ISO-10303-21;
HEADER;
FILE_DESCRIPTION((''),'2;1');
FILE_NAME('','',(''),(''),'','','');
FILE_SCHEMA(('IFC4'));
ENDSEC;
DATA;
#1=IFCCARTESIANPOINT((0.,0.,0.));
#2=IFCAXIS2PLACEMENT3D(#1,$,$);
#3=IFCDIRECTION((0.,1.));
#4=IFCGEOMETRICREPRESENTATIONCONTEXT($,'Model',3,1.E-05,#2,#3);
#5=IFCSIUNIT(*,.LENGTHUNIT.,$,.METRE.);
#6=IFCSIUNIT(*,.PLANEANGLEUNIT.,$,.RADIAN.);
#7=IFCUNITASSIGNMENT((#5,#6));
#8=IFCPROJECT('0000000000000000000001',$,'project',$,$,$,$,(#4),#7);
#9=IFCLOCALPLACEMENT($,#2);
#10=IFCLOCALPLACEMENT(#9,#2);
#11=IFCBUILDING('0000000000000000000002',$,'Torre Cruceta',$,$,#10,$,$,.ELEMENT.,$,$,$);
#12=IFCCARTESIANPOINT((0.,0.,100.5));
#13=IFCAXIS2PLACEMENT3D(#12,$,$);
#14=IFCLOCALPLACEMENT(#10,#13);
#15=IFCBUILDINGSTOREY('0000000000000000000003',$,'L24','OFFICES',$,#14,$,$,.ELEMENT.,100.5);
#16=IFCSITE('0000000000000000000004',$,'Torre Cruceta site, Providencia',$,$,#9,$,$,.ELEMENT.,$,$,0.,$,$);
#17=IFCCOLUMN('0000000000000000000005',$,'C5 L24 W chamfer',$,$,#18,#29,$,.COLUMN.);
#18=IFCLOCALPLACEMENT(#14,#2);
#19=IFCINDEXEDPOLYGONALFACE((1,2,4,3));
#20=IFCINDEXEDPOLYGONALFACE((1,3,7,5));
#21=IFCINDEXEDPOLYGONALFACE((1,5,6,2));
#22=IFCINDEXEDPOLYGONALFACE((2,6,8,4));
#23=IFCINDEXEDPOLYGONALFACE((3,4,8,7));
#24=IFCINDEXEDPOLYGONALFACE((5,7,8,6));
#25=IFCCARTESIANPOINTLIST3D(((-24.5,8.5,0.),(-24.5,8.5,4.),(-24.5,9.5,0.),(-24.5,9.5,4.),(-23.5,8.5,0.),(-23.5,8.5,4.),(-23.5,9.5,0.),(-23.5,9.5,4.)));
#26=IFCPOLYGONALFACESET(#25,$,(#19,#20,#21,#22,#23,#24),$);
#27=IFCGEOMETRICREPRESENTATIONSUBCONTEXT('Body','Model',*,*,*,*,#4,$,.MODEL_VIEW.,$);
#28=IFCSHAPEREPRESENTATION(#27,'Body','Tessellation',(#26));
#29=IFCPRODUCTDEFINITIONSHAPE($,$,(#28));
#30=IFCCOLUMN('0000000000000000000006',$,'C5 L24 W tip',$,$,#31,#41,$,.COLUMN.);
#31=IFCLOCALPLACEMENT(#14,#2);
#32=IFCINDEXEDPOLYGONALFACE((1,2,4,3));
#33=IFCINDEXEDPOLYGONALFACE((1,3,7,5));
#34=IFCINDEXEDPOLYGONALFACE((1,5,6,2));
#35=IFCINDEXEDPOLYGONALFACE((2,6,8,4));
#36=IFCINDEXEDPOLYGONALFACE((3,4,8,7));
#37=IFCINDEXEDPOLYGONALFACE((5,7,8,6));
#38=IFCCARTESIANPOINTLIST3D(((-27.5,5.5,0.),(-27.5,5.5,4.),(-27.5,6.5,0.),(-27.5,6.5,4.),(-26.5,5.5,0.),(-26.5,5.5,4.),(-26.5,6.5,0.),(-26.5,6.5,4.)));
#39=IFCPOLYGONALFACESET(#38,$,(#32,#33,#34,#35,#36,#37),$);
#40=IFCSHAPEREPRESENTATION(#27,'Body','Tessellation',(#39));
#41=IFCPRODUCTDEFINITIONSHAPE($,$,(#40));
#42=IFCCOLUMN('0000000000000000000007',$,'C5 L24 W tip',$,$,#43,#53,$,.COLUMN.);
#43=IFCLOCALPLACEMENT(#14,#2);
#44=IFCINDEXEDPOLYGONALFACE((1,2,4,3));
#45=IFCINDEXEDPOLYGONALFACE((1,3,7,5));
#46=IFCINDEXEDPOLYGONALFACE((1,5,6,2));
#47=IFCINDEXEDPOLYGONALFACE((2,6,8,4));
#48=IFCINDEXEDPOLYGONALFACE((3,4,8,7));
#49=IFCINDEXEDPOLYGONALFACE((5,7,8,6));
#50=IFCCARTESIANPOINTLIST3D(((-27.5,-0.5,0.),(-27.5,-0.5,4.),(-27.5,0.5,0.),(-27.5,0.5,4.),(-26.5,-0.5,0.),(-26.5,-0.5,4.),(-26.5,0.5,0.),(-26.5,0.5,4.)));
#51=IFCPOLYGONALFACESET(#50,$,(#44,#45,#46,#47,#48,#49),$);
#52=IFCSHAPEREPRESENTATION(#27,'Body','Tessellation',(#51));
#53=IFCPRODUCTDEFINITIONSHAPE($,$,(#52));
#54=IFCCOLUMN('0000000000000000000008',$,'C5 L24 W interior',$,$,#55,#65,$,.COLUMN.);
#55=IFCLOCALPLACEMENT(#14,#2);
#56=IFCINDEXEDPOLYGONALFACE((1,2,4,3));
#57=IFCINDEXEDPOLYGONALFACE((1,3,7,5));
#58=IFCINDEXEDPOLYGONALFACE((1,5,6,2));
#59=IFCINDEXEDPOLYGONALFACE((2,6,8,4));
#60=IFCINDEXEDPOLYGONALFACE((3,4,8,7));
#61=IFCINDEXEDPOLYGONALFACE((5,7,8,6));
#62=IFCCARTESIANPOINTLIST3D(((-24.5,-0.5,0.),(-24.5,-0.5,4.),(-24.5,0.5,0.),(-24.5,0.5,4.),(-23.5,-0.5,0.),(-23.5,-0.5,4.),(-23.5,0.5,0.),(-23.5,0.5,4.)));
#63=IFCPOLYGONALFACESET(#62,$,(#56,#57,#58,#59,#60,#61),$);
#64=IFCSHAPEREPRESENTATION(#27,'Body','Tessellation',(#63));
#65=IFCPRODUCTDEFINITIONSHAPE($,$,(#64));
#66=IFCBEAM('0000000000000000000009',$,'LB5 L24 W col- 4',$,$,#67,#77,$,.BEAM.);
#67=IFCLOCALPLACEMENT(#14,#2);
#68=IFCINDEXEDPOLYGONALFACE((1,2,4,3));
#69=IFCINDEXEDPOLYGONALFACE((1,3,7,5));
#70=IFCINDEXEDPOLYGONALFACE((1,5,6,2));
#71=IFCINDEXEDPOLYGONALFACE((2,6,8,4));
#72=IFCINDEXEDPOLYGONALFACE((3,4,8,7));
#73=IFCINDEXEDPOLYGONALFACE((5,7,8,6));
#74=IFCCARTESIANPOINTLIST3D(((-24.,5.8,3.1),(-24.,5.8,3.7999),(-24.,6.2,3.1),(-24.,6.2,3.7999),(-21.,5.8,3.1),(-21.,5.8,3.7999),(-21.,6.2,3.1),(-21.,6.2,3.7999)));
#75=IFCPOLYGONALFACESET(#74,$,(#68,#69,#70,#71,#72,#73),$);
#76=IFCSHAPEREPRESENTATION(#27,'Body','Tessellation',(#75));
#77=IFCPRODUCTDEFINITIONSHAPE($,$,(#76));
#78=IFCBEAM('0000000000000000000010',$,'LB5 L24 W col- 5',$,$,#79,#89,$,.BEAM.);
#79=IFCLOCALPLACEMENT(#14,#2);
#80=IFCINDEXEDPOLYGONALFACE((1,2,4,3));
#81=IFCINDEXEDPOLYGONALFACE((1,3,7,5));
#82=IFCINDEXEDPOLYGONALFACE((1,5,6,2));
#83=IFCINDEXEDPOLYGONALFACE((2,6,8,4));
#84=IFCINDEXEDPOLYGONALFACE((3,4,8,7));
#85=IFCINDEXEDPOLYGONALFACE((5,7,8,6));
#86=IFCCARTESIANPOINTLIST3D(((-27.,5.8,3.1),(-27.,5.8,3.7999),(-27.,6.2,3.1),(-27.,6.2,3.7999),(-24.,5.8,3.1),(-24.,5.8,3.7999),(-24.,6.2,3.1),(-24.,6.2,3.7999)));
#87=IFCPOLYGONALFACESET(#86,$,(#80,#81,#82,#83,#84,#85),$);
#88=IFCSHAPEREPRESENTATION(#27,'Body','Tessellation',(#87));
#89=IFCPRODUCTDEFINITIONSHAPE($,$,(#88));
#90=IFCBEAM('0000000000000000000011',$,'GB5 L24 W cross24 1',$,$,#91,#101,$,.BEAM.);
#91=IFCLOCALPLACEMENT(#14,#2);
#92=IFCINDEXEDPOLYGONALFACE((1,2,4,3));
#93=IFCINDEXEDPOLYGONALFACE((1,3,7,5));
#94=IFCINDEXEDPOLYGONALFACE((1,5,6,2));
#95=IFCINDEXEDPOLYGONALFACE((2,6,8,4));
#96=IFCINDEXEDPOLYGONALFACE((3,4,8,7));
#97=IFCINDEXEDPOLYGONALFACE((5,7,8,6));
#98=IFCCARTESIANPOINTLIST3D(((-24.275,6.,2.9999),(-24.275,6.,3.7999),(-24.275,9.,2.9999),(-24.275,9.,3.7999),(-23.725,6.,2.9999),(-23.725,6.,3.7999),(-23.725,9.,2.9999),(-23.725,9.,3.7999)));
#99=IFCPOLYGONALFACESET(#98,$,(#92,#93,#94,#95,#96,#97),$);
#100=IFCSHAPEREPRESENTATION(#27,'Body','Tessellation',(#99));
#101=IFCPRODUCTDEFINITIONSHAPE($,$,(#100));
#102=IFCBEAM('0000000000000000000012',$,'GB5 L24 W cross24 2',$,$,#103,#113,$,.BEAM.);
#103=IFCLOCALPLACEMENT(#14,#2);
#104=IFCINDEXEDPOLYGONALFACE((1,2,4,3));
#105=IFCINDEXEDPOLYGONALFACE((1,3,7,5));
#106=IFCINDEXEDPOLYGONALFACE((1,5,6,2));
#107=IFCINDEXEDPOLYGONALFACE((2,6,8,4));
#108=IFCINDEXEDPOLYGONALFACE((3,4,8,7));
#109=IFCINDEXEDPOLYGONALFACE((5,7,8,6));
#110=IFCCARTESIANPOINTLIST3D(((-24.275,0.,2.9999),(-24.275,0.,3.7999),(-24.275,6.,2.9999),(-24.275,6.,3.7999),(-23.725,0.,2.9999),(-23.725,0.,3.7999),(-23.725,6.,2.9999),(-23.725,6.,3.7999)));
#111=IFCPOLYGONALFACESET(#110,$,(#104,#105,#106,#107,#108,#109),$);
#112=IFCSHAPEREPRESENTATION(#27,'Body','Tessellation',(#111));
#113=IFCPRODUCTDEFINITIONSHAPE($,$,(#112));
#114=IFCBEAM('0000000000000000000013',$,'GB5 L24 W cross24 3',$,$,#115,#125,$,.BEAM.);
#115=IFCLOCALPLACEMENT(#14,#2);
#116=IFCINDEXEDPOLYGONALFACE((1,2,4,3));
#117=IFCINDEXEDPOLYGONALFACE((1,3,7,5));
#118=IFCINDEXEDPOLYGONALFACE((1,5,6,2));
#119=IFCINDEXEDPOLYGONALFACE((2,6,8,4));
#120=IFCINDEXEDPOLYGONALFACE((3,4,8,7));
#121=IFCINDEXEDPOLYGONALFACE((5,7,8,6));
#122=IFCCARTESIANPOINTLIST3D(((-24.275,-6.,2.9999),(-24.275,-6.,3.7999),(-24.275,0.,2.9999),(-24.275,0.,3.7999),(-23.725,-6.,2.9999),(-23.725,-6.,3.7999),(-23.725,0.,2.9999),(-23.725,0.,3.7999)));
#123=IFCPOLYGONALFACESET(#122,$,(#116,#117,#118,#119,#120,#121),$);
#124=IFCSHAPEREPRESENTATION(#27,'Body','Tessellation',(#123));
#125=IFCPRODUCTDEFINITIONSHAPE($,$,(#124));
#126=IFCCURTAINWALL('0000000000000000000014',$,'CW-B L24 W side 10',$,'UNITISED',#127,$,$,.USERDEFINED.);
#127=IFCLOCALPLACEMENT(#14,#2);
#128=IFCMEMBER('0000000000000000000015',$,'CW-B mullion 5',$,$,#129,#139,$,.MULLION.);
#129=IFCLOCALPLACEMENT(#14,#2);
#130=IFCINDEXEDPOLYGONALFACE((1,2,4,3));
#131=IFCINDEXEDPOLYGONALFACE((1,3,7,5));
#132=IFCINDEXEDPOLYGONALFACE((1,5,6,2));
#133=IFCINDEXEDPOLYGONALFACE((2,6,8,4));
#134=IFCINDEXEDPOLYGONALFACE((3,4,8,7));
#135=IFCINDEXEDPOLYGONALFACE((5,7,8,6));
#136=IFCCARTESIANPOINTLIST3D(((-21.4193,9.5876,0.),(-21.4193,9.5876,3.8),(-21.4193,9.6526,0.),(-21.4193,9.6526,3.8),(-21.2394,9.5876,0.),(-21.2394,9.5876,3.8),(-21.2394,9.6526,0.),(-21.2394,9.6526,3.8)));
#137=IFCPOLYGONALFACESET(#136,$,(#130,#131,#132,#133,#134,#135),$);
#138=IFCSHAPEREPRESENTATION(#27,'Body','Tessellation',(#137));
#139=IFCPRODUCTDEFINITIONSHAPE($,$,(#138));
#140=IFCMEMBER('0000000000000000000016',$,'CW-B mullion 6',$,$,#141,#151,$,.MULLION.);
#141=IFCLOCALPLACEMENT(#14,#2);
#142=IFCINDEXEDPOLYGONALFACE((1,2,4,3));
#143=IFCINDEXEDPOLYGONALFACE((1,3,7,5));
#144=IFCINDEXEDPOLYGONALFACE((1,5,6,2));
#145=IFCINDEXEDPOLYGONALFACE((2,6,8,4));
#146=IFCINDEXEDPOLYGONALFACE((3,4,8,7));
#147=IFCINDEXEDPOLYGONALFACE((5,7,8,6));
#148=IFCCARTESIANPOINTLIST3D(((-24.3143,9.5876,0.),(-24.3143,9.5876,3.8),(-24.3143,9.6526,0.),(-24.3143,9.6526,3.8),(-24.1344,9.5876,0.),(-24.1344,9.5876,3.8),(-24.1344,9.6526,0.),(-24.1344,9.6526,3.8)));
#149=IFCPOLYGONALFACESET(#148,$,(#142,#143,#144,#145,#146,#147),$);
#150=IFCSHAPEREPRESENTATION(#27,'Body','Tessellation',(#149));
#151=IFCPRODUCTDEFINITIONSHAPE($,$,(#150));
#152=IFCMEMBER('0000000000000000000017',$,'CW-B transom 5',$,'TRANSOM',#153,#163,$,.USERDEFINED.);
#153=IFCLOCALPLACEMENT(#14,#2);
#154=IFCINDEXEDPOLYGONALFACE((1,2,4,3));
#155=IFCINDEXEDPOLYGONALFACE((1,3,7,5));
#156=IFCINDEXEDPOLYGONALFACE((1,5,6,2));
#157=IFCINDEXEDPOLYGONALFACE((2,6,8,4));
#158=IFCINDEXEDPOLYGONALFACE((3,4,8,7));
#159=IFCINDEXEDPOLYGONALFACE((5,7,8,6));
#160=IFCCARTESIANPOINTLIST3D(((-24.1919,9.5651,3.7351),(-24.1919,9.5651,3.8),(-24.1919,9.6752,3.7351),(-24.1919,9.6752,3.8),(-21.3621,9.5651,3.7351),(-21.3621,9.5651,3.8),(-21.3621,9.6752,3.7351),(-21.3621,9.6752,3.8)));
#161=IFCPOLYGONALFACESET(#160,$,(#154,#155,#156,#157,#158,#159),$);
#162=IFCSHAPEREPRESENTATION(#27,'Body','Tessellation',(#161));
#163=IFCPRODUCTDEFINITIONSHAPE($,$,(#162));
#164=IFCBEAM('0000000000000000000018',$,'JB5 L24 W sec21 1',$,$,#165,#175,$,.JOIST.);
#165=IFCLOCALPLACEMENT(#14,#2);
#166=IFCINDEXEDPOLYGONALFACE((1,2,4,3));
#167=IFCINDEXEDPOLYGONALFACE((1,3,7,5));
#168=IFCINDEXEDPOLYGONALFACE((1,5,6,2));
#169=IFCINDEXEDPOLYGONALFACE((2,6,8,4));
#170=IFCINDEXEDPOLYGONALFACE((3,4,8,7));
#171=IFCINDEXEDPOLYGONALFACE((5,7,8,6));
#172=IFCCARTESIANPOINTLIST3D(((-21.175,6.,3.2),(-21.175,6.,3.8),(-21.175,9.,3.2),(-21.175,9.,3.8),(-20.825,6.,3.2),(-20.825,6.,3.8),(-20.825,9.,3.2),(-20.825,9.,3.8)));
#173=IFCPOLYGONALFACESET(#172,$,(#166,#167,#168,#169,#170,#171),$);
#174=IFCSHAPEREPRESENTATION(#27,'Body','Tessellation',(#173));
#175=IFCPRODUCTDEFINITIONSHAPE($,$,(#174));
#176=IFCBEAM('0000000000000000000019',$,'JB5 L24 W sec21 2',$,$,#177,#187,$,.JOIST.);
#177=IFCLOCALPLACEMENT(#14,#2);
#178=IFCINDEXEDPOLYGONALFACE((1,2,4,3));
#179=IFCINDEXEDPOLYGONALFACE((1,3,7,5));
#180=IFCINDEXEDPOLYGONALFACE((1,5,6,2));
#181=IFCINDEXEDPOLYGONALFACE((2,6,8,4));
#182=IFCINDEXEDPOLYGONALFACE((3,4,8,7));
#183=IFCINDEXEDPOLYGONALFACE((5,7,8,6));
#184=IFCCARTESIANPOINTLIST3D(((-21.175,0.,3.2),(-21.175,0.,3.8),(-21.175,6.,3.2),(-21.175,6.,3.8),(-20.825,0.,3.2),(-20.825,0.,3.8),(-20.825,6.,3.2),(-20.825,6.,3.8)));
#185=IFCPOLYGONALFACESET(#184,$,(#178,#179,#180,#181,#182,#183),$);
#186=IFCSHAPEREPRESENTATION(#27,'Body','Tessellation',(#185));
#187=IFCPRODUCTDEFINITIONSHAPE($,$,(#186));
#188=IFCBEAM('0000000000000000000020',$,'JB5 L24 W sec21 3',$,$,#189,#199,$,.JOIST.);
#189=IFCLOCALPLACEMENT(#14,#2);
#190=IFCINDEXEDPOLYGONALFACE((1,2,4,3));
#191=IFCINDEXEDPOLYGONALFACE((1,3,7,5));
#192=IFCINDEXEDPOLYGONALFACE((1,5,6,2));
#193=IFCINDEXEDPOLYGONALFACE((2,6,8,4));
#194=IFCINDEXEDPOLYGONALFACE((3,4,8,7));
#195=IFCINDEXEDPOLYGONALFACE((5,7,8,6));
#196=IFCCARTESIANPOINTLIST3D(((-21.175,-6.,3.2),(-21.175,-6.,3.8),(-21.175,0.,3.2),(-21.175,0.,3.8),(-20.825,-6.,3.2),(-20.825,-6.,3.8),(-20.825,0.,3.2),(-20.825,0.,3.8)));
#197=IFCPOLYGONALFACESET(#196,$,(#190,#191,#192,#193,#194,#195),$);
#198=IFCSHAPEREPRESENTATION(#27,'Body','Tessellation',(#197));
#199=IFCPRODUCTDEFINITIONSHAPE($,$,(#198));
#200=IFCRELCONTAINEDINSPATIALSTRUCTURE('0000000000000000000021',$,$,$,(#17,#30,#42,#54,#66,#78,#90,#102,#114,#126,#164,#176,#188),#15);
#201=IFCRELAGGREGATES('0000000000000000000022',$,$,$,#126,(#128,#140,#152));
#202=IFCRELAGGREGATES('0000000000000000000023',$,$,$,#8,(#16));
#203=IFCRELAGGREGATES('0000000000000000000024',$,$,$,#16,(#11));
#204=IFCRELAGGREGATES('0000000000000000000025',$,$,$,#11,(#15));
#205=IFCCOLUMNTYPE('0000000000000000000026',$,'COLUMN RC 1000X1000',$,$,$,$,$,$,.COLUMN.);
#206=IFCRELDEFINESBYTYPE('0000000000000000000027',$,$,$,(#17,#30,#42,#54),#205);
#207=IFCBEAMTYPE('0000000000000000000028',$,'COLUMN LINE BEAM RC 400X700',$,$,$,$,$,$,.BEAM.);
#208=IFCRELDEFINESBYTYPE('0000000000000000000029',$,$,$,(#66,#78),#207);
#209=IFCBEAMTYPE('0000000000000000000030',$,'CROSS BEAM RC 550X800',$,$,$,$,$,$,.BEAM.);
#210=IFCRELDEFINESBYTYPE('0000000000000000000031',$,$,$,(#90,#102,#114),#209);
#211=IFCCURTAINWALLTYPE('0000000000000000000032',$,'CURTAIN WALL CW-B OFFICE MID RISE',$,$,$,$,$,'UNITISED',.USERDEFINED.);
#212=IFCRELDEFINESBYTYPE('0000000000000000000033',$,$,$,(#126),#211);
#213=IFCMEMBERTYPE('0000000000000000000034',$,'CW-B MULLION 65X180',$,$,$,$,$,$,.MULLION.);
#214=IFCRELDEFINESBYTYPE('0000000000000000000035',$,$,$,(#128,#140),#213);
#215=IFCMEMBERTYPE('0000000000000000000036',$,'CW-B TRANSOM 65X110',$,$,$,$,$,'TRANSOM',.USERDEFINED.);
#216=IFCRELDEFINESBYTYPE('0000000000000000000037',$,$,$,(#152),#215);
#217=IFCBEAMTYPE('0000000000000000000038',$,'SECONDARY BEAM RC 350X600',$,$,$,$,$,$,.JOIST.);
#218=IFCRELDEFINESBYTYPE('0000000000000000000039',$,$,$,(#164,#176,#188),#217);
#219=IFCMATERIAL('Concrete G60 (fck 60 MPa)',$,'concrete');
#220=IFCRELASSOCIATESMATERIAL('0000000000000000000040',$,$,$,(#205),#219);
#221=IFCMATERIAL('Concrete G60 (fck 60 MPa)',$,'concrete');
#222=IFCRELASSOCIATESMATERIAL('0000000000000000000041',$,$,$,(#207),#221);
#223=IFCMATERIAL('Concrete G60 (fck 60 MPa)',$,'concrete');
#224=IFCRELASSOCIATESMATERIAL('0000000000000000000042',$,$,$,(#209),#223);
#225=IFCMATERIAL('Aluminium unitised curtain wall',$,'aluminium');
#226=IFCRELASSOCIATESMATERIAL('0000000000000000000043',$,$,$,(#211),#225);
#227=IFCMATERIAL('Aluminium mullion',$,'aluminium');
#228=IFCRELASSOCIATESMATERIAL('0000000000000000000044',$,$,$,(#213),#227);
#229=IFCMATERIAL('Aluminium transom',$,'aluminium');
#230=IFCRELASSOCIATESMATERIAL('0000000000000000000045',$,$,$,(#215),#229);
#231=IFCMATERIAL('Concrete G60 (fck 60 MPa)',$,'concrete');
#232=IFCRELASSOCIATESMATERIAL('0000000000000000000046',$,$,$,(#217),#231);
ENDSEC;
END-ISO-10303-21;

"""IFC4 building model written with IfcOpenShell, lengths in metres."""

from ifc_helpers import new_model, si_unit, direction, frame, origin, origin_2d, place, context, subcontext, project, spatial, rectangle, extrude, material, material_profile, profile_set, type_object, element, aggregate, save


model = new_model("IFC4")

# Units and contexts
model_context = context("Model", 3, precision=1e-05, world=origin(), true_north=direction((0.0, 1.0)))
body_context = subcontext(model_context, "Body", "Model", "MODEL_VIEW")
ifc_project = project(units=[si_unit("LENGTHUNIT", "METRE"), si_unit("PLANEANGLEUNIT", "RADIAN")], contexts=[model_context])

# Site, building, storey
site_placement = place(None, origin())
site = spatial("IfcSite", under=ifc_project, at=site_placement, Name="Torre Cruceta site, Providencia", CompositionType="ELEMENT", RefElevation=0.0)
building_placement = place(site_placement, origin())
building = spatial("IfcBuilding", under=site, at=building_placement, Name="Torre Cruceta", CompositionType="ELEMENT")
storey_placement = place(building_placement, frame((0.0, 0.0, 100.5)))
storey = spatial("IfcBuildingStorey", under=building, at=storey_placement, Name="L24", Description="OFFICES", CompositionType="ELEMENT", Elevation=100.5)

# Columns
ifc_material_1 = material(Name="Concrete G60 (fck 60 MPa)", Category="concrete")
ifc_material_profile_1 = material_profile(ifc_material_1, rectangle(XDim=1.0, YDim=1.0, at=origin_2d()), Name="RC 1000X1000")
ifc_profile_set_1 = profile_set([ifc_material_profile_1], Name="Concrete G60 (fck 60 MPa)")
column_type = type_object("IfcColumnType", Name="COLUMN RC 1000X1000", PredefinedType="COLUMN", material=ifc_profile_set_1)
for number, where, z_axis, x_axis, name in (
    (1, (-24.0, 9.0, 0.0), (0.0, 0.0, 1.0), (1.0, 0.0, 0.0), "C5 L24 W chamfer"),
    (2, (-27.0, 6.0, 0.0), (0.0, 0.0, 1.0), (1.0, 0.0, 0.0), "C5 L24 W tip"),
    (3, (-27.0, 0.0, 0.0), (0.0, 0.0, 1.0), (1.0, 0.0, 0.0), "C5 L24 W tip"),
    (4, (-24.0, 0.0, 0.0), (0.0, 0.0, 1.0), (1.0, 0.0, 0.0), "C5 L24 W interior"),
):
    element("IfcColumn", number, at=place(storey_placement, frame(where, z_axis=z_axis, x_axis=x_axis)), inside=storey, type_object=column_type, Name=name, PredefinedType="COLUMN", context=body_context, shape_type="SweptSolid", body=[
        extrude(rectangle(XDim=1.0, YDim=1.0, at=origin_2d()), origin(), (0.0, 0.0, 1.0), 4.0),
    ])

# Beams
ifc_material_2 = material(Name="Concrete G60 (fck 60 MPa)", Category="concrete")
ifc_material_profile_2 = material_profile(ifc_material_2, rectangle(XDim=0.3999, YDim=0.7, at=origin_2d()), Name="RC 400X700")
ifc_profile_set_2 = profile_set([ifc_material_profile_2], Name="Concrete G60 (fck 60 MPa)")
beam_type_1 = type_object("IfcBeamType", Name="COLUMN LINE BEAM RC 400X700", PredefinedType="BEAM", material=ifc_profile_set_2)
for number, where, z_axis, x_axis, name in (
    (5, (-21.0, 6.0, 3.45), (-1.0, 0.0, 0.0), (0.0, -1.0, 0.0), "LB5 L24 W col- 4"),
    (6, (-24.0, 6.0, 3.45), (-1.0, 0.0, 0.0), (0.0, -1.0, 0.0), "LB5 L24 W col- 5"),
):
    element("IfcBeam", number, at=place(storey_placement, frame(where, z_axis=z_axis, x_axis=x_axis)), inside=storey, type_object=beam_type_1, Name=name, PredefinedType="BEAM", context=body_context, shape_type="SweptSolid", body=[
        extrude(rectangle(XDim=0.3999, YDim=0.7, at=origin_2d()), origin(), (0.0, 0.0, 1.0), 3.0),
    ])
ifc_material_3 = material(Name="Concrete G60 (fck 60 MPa)", Category="concrete")
ifc_material_profile_3 = material_profile(ifc_material_3, rectangle(XDim=0.55, YDim=0.8, at=origin_2d()), Name="RC 550X800")
ifc_profile_set_3 = profile_set([ifc_material_profile_3], Name="Concrete G60 (fck 60 MPa)")
beam_type_2 = type_object("IfcBeamType", Name="CROSS BEAM RC 550X800", PredefinedType="BEAM", material=ifc_profile_set_3)
beam_1_placement = place(storey_placement, frame((-24.0, 9.0, 3.3999), z_axis=(0.0, -1.0, 0.0), x_axis=(1.0, 0.0, 0.0)))
element("IfcBeam", 7, at=beam_1_placement, inside=storey, type_object=beam_type_2, Name="GB5 L24 W cross24 1", PredefinedType="BEAM", context=body_context, shape_type="SweptSolid", body=[
    extrude(rectangle(XDim=0.55, YDim=0.8, at=origin_2d()), origin(), (0.0, 0.0, 1.0), 3.0),
])
for number, where, z_axis, x_axis, name in (
    (8, (-24.0, 6.0, 3.3999), (0.0, -1.0, 0.0), (1.0, 0.0, 0.0), "GB5 L24 W cross24 2"),
    (9, (-24.0, 0.0, 3.3999), (0.0, -1.0, 0.0), (1.0, 0.0, 0.0), "GB5 L24 W cross24 3"),
):
    element("IfcBeam", number, at=place(storey_placement, frame(where, z_axis=z_axis, x_axis=x_axis)), inside=storey, type_object=beam_type_2, Name=name, PredefinedType="BEAM", context=body_context, shape_type="SweptSolid", body=[
        extrude(rectangle(XDim=0.55, YDim=0.8, at=origin_2d()), origin(), (0.0, 0.0, 1.0), 6.0),
    ])

# Curtain wall, members
ifc_material_4 = material(Name="Aluminium unitised curtain wall", Category="aluminium")
curtain_wall_type = type_object("IfcCurtainWallType", Name="CURTAIN WALL CW-B OFFICE MID RISE", ElementType="UNITISED", PredefinedType="USERDEFINED", material=ifc_material_4)
curtain_wall_placement = place(storey_placement, origin())
curtain_wall = element("IfcCurtainWall", 10, at=curtain_wall_placement, inside=storey, type_object=curtain_wall_type, Name="CW-B L24 W side 10", ObjectType="UNITISED", PredefinedType="USERDEFINED")
ifc_material_5 = material(Name="Aluminium mullion", Category="aluminium")
ifc_material_profile_4 = material_profile(ifc_material_5, rectangle(XDim=0.0649, YDim=0.1799, at=origin_2d()), Name="AL 65X180")
ifc_profile_set_4 = profile_set([ifc_material_profile_4], Name="Aluminium mullion")
member_type_1 = type_object("IfcMemberType", Name="CW-B MULLION 65X180", PredefinedType="MULLION", material=ifc_profile_set_4)
member_1_placement = place(storey_placement, frame((-21.3293, 9.6201, 0.0), z_axis=(0.0, 0.0, 1.0), x_axis=(0.0, -1.0, 0.0)))
member_1 = element("IfcMember", 11, at=member_1_placement, type_object=member_type_1, Name="CW-B mullion 5", PredefinedType="MULLION", context=body_context, shape_type="SweptSolid", body=[
    extrude(rectangle(XDim=0.0649, YDim=0.1799, at=origin_2d()), origin(), (0.0, 0.0, 1.0), 3.8),
])
member_2_placement = place(storey_placement, frame((-24.2244, 9.6201, 0.0), z_axis=(0.0, 0.0, 1.0), x_axis=(0.0, -1.0, 0.0)))
member_2 = element("IfcMember", 12, at=member_2_placement, type_object=member_type_1, Name="CW-B mullion 6", PredefinedType="MULLION", context=body_context, shape_type="SweptSolid", body=[
    extrude(rectangle(XDim=0.0649, YDim=0.1799, at=origin_2d()), origin(), (0.0, 0.0, 1.0), 3.8),
])
ifc_material_6 = material(Name="Aluminium transom", Category="aluminium")
ifc_material_profile_5 = material_profile(ifc_material_6, rectangle(XDim=0.1101, YDim=0.0649, at=origin_2d()), Name="AL 110X65")
ifc_profile_set_5 = profile_set([ifc_material_profile_5], Name="Aluminium transom")
member_type_2 = type_object("IfcMemberType", Name="CW-B TRANSOM 65X110", ElementType="TRANSOM", PredefinedType="USERDEFINED", material=ifc_profile_set_5)
member_3_placement = place(storey_placement, frame((-21.3621, 9.6201, 3.7676), z_axis=(-1.0, 0.0, 0.0), x_axis=(0.0, -1.0, 0.0)))
member_3 = element("IfcMember", 13, at=member_3_placement, type_object=member_type_2, Name="CW-B transom 5", ObjectType="TRANSOM", PredefinedType="USERDEFINED", context=body_context, shape_type="SweptSolid", body=[
    extrude(rectangle(XDim=0.1101, YDim=0.0649, at=origin_2d()), origin(), (0.0, 0.0, 1.0), 2.8298),
])

# Beams
ifc_material_7 = material(Name="Concrete G60 (fck 60 MPa)", Category="concrete")
ifc_material_profile_6 = material_profile(ifc_material_7, rectangle(XDim=0.3501, YDim=0.6001, at=origin_2d()), Name="RC 350X600")
ifc_profile_set_6 = profile_set([ifc_material_profile_6], Name="Concrete G60 (fck 60 MPa)")
beam_type_3 = type_object("IfcBeamType", Name="SECONDARY BEAM RC 350X600", PredefinedType="JOIST", material=ifc_profile_set_6)
beam_2_placement = place(storey_placement, frame((-21.0, 9.0, 3.5), z_axis=(0.0, -1.0, 0.0), x_axis=(1.0, 0.0, 0.0)))
element("IfcBeam", 14, at=beam_2_placement, inside=storey, type_object=beam_type_3, Name="JB5 L24 W sec21 1", PredefinedType="JOIST", context=body_context, shape_type="SweptSolid", body=[
    extrude(rectangle(XDim=0.3501, YDim=0.6001, at=origin_2d()), origin(), (0.0, 0.0, 1.0), 3.0),
])
for number, where, z_axis, x_axis, name in (
    (15, (-21.0, 6.0, 3.5), (0.0, -1.0, 0.0), (1.0, 0.0, 0.0), "JB5 L24 W sec21 2"),
    (16, (-21.0, 0.0, 3.5), (0.0, -1.0, 0.0), (1.0, 0.0, 0.0), "JB5 L24 W sec21 3"),
):
    element("IfcBeam", number, at=place(storey_placement, frame(where, z_axis=z_axis, x_axis=x_axis)), inside=storey, type_object=beam_type_3, Name=name, PredefinedType="JOIST", context=body_context, shape_type="SweptSolid", body=[
        extrude(rectangle(XDim=0.3501, YDim=0.6001, at=origin_2d()), origin(), (0.0, 0.0, 1.0), 6.0),
    ])

aggregate(curtain_wall, [member_1, member_2, member_3])

save(model, "model.ifc")
